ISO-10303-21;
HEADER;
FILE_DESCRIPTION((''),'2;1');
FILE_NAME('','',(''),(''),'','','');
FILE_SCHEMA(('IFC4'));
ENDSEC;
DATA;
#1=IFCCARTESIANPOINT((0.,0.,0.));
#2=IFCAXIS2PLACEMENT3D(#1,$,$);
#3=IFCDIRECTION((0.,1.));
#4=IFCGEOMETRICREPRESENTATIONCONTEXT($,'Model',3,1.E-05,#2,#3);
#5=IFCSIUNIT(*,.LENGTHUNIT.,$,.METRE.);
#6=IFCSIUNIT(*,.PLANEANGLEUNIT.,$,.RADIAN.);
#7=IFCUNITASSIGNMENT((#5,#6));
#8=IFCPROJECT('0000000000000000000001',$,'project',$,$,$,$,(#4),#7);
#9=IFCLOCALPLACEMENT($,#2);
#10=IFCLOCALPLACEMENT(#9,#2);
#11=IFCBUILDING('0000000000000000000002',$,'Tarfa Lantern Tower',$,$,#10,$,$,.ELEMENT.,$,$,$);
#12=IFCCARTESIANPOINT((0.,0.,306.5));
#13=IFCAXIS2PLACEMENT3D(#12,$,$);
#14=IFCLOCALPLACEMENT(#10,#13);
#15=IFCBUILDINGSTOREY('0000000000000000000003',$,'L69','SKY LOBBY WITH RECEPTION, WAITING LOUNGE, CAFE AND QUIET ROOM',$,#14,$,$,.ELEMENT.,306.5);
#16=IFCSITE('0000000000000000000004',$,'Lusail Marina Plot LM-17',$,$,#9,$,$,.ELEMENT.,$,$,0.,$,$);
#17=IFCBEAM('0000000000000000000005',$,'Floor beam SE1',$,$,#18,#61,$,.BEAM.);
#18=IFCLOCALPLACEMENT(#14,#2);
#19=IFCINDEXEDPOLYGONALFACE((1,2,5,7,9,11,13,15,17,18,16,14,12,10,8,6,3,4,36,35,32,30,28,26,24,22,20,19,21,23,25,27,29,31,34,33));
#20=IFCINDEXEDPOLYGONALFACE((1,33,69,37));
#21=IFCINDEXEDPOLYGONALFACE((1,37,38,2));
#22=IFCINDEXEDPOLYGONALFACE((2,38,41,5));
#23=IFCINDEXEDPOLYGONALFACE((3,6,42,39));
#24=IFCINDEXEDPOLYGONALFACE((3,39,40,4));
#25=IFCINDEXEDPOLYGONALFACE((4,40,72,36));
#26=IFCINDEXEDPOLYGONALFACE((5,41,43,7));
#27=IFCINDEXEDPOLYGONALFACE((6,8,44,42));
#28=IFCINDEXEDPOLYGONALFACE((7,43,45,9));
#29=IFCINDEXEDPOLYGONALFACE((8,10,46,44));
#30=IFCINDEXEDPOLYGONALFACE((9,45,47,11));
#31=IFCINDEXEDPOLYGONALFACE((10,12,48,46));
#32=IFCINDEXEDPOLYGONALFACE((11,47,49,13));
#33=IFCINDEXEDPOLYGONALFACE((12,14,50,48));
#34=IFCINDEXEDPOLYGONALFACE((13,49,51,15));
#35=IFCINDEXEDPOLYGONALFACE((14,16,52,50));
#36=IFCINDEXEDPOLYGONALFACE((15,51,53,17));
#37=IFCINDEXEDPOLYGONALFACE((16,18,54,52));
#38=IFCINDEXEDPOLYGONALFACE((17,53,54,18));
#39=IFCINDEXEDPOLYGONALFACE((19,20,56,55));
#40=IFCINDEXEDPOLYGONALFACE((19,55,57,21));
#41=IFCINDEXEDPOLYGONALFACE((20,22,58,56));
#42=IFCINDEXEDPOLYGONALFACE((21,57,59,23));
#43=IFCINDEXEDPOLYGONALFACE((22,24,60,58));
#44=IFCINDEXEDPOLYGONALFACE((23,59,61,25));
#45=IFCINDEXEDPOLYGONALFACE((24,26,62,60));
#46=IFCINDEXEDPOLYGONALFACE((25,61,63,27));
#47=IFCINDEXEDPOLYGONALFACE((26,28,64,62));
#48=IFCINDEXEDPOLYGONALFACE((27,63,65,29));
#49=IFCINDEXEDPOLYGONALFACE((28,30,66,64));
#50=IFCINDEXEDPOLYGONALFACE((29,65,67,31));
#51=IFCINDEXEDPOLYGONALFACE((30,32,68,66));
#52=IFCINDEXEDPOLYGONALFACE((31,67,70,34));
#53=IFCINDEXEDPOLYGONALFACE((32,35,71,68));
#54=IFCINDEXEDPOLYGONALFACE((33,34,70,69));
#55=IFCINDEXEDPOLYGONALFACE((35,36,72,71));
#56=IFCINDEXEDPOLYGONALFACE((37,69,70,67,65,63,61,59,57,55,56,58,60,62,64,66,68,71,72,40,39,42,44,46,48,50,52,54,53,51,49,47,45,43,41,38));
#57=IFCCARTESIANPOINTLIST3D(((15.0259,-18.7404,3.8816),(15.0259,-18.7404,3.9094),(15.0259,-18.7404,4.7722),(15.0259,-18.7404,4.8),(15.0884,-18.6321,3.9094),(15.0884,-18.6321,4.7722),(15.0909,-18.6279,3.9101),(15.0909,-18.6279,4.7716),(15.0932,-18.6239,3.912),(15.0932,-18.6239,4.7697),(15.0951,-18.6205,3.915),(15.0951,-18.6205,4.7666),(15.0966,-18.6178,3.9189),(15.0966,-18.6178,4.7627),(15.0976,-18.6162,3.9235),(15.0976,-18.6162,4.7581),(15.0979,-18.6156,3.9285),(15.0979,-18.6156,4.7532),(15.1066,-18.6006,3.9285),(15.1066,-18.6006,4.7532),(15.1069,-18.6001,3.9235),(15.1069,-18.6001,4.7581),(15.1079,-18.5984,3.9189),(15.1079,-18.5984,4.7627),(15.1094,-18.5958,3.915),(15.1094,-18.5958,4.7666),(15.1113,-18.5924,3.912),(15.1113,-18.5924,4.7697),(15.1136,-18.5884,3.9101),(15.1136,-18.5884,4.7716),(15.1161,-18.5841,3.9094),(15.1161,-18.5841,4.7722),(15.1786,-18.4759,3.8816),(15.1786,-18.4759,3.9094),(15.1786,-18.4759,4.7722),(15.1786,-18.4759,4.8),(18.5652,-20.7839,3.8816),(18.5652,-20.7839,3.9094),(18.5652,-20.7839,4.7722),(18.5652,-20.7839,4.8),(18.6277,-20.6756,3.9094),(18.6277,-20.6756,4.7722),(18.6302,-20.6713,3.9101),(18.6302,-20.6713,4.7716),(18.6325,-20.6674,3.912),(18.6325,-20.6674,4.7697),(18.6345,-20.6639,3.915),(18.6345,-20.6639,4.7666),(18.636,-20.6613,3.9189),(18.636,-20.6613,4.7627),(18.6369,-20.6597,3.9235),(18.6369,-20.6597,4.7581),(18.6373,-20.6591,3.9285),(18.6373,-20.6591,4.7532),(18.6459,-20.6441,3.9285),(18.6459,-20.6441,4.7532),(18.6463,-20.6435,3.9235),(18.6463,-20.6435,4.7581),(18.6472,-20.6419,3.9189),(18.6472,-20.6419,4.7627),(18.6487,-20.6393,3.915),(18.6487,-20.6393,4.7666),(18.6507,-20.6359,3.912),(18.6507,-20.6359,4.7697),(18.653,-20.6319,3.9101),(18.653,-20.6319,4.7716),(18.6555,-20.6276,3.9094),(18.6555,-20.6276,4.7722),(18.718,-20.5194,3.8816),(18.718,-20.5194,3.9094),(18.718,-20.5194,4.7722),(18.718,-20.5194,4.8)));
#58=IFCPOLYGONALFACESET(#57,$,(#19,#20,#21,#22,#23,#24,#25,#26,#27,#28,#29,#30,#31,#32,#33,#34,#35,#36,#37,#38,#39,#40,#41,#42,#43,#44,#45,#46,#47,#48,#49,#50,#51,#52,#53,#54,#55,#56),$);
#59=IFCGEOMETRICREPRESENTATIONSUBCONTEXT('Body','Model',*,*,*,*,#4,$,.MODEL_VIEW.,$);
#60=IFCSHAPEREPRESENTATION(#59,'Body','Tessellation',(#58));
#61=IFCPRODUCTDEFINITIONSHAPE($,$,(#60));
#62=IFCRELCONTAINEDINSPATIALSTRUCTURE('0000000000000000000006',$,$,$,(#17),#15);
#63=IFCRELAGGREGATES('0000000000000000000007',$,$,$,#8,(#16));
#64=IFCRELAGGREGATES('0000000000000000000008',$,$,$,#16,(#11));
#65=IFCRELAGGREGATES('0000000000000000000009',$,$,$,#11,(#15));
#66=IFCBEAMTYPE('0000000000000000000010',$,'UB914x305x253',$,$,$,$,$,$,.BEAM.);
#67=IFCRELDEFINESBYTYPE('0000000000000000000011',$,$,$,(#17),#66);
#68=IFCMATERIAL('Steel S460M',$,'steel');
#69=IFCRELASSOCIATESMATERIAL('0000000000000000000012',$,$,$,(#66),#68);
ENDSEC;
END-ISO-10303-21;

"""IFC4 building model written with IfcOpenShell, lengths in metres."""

from ifc_helpers import new_model, si_unit, direction, frame, origin, origin_2d, place, context, subcontext, project, spatial, i_section, extrude, material, material_profile, profile_set, type_object, element, save


model = new_model("IFC4")

# Units and contexts
model_context = context("Model", 3, precision=1e-05, world=origin(), true_north=direction((0.0, 1.0)))
body_context = subcontext(model_context, "Body", "Model", "MODEL_VIEW")
ifc_project = project(units=[si_unit("LENGTHUNIT", "METRE"), si_unit("PLANEANGLEUNIT", "RADIAN")], contexts=[model_context])

# Site, building, storey
site_placement = place(None, origin())
site = spatial("IfcSite", under=ifc_project, at=site_placement, Name="Lusail Marina Plot LM-17", CompositionType="ELEMENT", RefElevation=0.0)
building_placement = place(site_placement, origin())
building = spatial("IfcBuilding", under=site, at=building_placement, Name="Tarfa Lantern Tower", CompositionType="ELEMENT")
storey_placement = place(building_placement, frame((0.0, 0.0, 306.5)))
storey = spatial("IfcBuildingStorey", under=building, at=storey_placement, Name="L69", Description="SKY LOBBY WITH RECEPTION, WAITING LOUNGE, CAFE AND QUIET ROOM", CompositionType="ELEMENT", Elevation=306.5)

# Shared definitions
ifc_material_1 = material(Name="Steel S460M", Category="steel")

# Beam
ifc_material_profile_1 = material_profile(ifc_material_1, i_section(OverallWidth=0.3054, OverallDepth=0.9185, WebThickness=0.0173, FlangeThickness=0.0278, FilletRadius=0.019, at=origin_2d()), Name="UB914x305x253")
ifc_profile_set_1 = profile_set([ifc_material_profile_1], Name="Steel S460M")
beam_type_1 = type_object("IfcBeamType", Name="UB914x305x253", PredefinedType="BEAM", material=ifc_profile_set_1)
beam_1_placement = place(storey_placement, frame((18.6416, -20.6516, 4.3408), z_axis=(-0.866021, 0.500007, 0.0), x_axis=(-0.500007, -0.866021, 0.0)))
element("IfcBeam", 1, at=beam_1_placement, inside=storey, type_object=beam_type_1, Name="Floor beam SE1", PredefinedType="BEAM", context=body_context, shape_type="SweptSolid", body=[
    extrude(i_section(OverallWidth=0.3054, OverallDepth=0.9185, WebThickness=0.0173, FlangeThickness=0.0278, FilletRadius=0.019, at=origin_2d()), origin(), (0.0, 0.0, 1.0), 4.0869),
])

save(model, "model.ifc")
